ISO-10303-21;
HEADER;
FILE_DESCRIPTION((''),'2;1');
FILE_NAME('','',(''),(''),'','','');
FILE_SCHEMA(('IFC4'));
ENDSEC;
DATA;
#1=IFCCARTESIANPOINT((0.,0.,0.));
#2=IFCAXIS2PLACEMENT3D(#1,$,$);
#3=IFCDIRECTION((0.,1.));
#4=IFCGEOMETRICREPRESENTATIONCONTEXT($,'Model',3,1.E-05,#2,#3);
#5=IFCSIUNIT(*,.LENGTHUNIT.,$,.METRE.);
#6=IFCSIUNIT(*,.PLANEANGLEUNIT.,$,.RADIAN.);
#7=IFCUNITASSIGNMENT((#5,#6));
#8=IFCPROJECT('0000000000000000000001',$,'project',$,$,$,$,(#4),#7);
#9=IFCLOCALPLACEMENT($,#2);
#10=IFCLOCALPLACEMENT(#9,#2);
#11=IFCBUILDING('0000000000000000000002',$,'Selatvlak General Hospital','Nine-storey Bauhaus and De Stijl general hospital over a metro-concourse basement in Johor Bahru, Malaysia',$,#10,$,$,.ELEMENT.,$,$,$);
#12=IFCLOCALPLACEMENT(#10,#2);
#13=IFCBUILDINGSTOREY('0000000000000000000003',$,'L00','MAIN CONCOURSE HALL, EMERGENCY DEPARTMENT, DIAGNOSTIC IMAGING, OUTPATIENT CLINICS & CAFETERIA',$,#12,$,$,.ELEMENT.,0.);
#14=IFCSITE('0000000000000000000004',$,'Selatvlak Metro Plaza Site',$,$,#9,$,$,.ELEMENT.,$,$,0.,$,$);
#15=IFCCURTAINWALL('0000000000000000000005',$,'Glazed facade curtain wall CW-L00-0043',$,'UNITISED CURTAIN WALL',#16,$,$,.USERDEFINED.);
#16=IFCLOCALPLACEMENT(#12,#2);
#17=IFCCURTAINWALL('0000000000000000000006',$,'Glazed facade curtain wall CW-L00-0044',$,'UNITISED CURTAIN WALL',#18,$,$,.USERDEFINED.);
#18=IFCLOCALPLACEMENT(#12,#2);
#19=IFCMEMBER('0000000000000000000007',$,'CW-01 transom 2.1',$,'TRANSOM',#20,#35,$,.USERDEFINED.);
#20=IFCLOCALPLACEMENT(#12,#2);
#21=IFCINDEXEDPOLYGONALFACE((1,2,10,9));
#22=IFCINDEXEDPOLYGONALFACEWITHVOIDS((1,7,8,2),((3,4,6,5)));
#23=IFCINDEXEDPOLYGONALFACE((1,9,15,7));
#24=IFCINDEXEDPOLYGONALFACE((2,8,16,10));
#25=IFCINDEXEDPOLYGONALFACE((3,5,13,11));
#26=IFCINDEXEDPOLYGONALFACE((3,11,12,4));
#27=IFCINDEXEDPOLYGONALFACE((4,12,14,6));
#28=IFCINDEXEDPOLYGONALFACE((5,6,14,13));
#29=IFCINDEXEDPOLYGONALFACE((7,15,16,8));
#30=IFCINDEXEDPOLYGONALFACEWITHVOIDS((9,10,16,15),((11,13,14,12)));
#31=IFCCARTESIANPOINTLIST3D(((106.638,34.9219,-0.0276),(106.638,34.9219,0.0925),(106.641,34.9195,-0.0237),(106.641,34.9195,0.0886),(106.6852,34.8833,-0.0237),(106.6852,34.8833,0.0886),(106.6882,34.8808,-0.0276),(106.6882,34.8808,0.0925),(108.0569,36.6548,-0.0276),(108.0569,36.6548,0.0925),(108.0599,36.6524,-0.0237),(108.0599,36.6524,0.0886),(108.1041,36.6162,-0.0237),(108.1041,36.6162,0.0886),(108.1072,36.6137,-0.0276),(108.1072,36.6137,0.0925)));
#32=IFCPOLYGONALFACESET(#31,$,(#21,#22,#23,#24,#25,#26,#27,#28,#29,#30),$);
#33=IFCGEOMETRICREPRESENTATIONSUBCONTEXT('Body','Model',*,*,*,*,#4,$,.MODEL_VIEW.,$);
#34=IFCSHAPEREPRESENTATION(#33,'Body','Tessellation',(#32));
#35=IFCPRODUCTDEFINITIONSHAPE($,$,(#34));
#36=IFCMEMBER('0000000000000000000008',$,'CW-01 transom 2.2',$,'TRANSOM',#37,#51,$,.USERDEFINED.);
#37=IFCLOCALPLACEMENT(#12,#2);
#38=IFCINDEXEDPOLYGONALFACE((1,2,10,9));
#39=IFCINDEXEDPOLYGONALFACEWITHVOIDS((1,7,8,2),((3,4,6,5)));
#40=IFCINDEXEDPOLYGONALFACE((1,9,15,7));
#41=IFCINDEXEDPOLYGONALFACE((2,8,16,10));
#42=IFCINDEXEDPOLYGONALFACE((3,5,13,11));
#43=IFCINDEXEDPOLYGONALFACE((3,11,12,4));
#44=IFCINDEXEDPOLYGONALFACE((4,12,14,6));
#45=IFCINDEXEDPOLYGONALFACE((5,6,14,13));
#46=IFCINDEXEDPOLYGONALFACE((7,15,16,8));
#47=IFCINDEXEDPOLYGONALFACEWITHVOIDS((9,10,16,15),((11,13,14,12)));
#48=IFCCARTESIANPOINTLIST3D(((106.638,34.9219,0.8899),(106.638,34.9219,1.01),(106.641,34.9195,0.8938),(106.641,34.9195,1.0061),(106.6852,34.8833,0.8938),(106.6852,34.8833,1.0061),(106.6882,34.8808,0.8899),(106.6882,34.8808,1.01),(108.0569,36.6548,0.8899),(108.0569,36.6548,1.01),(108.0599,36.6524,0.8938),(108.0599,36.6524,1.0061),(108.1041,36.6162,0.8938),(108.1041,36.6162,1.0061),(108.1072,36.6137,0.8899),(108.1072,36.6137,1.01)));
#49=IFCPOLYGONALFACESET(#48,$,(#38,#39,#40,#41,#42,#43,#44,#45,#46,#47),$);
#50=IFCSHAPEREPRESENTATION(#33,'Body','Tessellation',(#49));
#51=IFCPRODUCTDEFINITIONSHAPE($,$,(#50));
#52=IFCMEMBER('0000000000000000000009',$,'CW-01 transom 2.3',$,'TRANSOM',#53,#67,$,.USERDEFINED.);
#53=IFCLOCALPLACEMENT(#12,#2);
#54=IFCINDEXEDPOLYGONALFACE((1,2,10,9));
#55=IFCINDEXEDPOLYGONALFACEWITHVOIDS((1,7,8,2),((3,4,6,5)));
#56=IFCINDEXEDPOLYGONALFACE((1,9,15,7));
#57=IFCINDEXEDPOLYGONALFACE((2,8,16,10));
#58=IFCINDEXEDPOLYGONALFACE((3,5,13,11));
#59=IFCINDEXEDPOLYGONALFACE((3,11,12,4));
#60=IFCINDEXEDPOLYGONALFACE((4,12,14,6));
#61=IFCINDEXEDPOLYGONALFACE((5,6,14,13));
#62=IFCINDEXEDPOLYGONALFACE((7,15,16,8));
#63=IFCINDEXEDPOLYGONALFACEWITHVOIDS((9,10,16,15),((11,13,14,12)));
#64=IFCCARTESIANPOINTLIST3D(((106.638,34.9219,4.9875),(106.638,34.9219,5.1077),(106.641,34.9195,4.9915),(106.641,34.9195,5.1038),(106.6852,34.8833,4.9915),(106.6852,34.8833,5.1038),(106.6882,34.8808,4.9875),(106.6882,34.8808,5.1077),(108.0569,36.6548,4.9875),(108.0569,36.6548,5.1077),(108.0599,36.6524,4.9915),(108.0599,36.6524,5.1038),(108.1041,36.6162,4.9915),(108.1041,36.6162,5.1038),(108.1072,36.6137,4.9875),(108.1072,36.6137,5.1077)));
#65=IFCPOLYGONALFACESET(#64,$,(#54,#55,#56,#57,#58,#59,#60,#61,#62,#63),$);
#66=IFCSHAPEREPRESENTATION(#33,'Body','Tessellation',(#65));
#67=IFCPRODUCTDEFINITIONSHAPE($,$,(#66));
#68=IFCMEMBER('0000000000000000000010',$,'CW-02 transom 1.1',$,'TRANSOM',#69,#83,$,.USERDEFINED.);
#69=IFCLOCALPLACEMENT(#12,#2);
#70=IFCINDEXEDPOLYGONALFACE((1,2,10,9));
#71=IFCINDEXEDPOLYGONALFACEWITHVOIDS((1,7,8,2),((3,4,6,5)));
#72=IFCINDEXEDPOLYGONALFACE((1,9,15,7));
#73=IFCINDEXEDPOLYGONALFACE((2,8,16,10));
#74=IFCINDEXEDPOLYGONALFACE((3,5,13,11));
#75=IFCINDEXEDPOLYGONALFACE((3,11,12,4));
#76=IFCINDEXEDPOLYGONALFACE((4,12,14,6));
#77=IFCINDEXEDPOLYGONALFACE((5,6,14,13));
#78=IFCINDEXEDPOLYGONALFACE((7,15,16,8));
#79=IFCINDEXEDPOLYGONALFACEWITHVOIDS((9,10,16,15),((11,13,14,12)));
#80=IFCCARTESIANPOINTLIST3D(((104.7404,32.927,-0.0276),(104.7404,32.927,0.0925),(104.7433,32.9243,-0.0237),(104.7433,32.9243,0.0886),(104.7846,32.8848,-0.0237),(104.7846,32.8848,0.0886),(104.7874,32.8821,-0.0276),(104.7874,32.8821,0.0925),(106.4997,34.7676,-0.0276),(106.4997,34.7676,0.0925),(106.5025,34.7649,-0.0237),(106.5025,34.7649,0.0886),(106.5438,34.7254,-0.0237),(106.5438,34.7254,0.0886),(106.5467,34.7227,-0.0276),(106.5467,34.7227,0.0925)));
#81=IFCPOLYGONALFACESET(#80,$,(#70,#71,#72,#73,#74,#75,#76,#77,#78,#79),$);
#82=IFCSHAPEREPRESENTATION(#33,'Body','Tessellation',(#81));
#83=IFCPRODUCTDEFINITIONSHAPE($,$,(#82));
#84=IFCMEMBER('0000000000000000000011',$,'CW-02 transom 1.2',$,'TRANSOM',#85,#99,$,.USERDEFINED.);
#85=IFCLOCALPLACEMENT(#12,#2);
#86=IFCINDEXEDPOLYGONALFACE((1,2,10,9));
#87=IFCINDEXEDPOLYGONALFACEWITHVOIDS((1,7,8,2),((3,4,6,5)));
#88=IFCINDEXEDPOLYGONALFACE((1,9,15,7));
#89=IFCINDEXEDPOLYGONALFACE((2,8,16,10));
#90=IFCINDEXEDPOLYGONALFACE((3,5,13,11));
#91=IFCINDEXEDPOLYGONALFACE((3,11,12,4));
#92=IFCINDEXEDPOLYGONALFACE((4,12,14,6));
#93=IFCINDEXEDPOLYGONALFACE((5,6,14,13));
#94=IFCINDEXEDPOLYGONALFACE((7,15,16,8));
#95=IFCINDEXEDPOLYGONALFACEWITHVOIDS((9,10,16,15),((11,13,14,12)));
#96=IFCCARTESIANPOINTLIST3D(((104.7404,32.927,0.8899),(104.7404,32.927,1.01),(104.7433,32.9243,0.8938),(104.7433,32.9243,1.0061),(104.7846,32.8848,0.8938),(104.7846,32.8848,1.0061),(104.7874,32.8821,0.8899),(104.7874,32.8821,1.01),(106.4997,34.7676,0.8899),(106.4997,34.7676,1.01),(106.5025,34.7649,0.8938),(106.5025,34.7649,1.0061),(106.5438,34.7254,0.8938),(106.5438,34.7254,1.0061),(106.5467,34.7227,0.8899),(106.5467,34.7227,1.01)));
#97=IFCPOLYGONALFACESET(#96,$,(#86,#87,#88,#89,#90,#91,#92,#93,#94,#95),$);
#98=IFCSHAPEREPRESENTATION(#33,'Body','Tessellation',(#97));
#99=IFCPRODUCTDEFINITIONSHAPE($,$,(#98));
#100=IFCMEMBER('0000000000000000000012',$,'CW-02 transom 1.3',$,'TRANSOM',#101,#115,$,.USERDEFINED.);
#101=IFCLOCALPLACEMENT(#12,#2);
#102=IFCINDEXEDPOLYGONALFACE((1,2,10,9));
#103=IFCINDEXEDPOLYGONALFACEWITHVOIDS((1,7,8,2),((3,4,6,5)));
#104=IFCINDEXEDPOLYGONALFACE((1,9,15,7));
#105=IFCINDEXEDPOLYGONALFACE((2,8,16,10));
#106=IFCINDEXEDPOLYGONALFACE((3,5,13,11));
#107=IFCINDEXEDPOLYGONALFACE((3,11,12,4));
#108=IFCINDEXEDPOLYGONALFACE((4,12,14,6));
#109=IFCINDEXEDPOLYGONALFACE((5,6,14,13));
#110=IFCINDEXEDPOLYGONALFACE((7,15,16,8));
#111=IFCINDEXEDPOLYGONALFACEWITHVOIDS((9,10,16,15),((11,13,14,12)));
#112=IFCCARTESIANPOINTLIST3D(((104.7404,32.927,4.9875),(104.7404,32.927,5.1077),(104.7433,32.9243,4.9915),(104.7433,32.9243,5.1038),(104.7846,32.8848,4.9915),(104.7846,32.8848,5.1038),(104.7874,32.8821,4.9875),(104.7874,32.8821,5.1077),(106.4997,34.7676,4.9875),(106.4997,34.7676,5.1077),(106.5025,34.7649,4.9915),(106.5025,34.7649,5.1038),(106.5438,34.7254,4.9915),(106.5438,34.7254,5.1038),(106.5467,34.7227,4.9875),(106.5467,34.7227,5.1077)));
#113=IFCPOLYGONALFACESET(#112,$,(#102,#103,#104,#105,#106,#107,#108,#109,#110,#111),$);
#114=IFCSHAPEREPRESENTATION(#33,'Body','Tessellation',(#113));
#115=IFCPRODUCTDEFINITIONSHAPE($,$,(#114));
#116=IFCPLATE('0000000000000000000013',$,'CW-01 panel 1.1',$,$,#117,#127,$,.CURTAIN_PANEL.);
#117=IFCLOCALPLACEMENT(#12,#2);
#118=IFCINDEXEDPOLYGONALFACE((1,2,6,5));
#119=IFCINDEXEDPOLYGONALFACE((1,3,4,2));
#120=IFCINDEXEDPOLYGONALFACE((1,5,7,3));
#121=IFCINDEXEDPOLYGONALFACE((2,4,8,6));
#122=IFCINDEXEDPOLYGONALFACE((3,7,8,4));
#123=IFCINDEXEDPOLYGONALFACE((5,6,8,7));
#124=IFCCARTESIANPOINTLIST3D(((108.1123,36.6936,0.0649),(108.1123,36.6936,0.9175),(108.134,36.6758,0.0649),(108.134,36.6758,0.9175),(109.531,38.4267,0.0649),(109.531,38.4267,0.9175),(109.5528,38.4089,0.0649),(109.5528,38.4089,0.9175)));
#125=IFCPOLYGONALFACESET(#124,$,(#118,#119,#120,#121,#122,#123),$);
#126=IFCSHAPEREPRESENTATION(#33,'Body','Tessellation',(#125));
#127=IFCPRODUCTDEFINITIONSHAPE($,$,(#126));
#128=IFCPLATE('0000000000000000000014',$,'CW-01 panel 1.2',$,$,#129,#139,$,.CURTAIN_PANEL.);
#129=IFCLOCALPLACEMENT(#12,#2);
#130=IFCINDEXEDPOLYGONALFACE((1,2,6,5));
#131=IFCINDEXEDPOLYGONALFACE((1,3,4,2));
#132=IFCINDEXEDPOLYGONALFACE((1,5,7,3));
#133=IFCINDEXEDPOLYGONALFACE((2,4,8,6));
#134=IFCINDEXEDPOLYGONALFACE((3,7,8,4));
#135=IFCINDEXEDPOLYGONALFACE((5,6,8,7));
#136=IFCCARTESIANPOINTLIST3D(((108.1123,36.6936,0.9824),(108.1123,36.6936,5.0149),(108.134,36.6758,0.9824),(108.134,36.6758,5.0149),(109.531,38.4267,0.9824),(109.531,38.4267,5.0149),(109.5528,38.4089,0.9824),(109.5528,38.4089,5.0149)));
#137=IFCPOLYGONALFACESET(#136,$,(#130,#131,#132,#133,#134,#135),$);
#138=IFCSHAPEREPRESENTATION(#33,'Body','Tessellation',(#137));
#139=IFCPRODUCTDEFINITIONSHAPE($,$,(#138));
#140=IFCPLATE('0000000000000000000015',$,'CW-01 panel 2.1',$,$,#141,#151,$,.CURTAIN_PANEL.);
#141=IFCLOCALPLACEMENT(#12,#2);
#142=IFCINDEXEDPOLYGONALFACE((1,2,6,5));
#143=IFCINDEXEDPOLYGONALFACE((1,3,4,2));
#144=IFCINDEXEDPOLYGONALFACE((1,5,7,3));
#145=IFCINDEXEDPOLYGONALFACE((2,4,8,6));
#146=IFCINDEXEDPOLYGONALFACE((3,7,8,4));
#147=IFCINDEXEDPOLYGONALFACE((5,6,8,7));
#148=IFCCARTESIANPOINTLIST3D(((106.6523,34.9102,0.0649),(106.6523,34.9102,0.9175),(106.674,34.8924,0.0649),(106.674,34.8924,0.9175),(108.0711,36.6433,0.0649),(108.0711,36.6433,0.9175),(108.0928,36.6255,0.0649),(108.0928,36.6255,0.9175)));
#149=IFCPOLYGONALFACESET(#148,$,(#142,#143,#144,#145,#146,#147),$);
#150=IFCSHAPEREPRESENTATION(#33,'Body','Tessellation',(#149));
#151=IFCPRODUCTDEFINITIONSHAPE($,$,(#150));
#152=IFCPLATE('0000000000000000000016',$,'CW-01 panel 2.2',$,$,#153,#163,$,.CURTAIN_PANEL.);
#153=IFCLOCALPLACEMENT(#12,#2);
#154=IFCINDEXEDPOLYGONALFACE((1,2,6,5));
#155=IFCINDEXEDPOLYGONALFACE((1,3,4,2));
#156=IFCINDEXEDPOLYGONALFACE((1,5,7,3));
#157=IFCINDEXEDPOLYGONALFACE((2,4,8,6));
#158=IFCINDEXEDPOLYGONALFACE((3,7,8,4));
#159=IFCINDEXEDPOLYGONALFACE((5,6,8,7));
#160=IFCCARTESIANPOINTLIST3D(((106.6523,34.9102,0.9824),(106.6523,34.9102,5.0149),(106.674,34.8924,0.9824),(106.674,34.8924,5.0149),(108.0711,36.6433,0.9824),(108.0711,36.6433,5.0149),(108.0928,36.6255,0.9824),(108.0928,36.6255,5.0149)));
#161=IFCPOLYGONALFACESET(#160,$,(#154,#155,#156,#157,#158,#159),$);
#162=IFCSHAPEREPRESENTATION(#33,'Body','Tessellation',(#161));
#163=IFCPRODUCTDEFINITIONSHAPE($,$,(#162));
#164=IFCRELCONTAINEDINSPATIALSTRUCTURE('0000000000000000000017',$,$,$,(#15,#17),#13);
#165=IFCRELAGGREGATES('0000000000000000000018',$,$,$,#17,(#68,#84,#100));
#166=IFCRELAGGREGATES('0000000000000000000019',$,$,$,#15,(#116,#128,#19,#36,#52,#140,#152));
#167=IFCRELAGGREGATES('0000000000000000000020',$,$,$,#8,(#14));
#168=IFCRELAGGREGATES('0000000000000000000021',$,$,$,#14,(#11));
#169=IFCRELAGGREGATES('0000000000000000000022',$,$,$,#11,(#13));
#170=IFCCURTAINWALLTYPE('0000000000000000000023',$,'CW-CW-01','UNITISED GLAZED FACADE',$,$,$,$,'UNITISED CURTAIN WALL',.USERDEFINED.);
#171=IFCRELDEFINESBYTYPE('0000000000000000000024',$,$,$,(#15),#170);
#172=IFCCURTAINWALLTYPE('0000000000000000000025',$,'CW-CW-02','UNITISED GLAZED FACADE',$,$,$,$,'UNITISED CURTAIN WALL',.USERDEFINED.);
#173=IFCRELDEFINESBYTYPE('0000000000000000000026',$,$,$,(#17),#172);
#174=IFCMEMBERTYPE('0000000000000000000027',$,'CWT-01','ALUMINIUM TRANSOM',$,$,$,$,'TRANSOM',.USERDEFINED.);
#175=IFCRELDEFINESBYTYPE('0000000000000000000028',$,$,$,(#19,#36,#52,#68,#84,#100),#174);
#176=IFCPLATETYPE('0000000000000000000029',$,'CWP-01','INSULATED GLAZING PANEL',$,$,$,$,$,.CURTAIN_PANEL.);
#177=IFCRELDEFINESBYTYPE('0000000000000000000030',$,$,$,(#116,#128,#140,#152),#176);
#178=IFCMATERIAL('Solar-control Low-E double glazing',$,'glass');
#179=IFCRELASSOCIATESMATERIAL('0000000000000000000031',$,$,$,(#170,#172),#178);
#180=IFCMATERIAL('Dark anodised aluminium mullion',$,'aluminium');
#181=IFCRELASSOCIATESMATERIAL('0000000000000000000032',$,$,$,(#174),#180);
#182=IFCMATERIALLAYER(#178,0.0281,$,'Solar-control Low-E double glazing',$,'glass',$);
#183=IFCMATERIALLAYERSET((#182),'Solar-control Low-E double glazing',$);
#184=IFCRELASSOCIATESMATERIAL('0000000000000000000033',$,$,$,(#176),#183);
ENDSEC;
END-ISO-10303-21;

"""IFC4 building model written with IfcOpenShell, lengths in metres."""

from ifc_helpers import new_model, si_unit, direction, frame, origin, origin_2d, place, context, subcontext, project, spatial, rectangle, hollow_rectangle, extrude, material, layer, layer_set, material_profile, profile_set, type_object, element, aggregate, save


model = new_model("IFC4")

# Units and contexts
model_context = context("Model", 3, precision=1e-05, world=origin(), true_north=direction((0.0, 1.0)))
body_context = subcontext(model_context, "Body", "Model", "MODEL_VIEW")
ifc_project = project(units=[si_unit("LENGTHUNIT", "METRE"), si_unit("PLANEANGLEUNIT", "RADIAN")], contexts=[model_context])

# Site, building, storey
site_placement = place(None, origin())
site = spatial("IfcSite", under=ifc_project, at=site_placement, Name="Selatvlak Metro Plaza Site", CompositionType="ELEMENT", RefElevation=0.0)
building_placement = place(site_placement, origin())
building = spatial("IfcBuilding", under=site, at=building_placement, Name="Selatvlak General Hospital", Description="Nine-storey Bauhaus and De Stijl general hospital over a metro-concourse basement in Johor Bahru, Malaysia", CompositionType="ELEMENT")
storey_placement = place(building_placement, origin())
storey = spatial("IfcBuildingStorey", under=building, at=storey_placement, Name="L00", Description="MAIN CONCOURSE HALL, EMERGENCY DEPARTMENT, DIAGNOSTIC IMAGING, OUTPATIENT CLINICS & CAFETERIA", CompositionType="ELEMENT", Elevation=0.0)

# Curtain wall
ifc_material_1 = material(Name="Solar-control Low-E double glazing", Category="glass")
curtain_wall_type_1 = type_object("IfcCurtainWallType", Name="CW-CW-01", Description="UNITISED GLAZED FACADE", ElementType="UNITISED CURTAIN WALL", PredefinedType="USERDEFINED", material=ifc_material_1)
curtain_wall_1_placement = place(storey_placement, origin())
curtain_wall_1 = element("IfcCurtainWall", 1, at=curtain_wall_1_placement, inside=storey, type_object=curtain_wall_type_1, Name="Glazed facade curtain wall CW-L00-0043", ObjectType="UNITISED CURTAIN WALL", PredefinedType="USERDEFINED")
ifc_material_2 = material(Name="Dark anodised aluminium mullion", Category="aluminium")

# Curtain wall
curtain_wall_type_2 = type_object("IfcCurtainWallType", Name="CW-CW-02", Description="UNITISED GLAZED FACADE", ElementType="UNITISED CURTAIN WALL", PredefinedType="USERDEFINED", material=ifc_material_1)
curtain_wall_2_placement = place(storey_placement, origin())
curtain_wall_2 = element("IfcCurtainWall", 2, at=curtain_wall_2_placement, inside=storey, type_object=curtain_wall_type_2, Name="Glazed facade curtain wall CW-L00-0044", ObjectType="UNITISED CURTAIN WALL", PredefinedType="USERDEFINED")

# Members
ifc_material_profile_1 = material_profile(ifc_material_2, hollow_rectangle(XDim=0.0649, YDim=0.1201, WallThickness=0.0039, at=origin_2d()), Name="AL-TRN 65x120x4")
ifc_profile_set_1 = profile_set([ifc_material_profile_1], Name="Dark anodised aluminium mullion")
member_type_1 = type_object("IfcMemberType", Name="CWT-01", Description="ALUMINIUM TRANSOM", ElementType="TRANSOM", PredefinedType="USERDEFINED", material=ifc_profile_set_1)
member_1_placement = place(storey_placement, frame((108.082, 36.6343, 0.0325), z_axis=(-0.633535, -0.773714, 0.0), x_axis=(0.773714, -0.633535, 0.0)))
member_1 = element("IfcMember", 3, at=member_1_placement, type_object=member_type_1, Name="CW-01 transom 2.1", ObjectType="TRANSOM", PredefinedType="USERDEFINED", context=body_context, shape_type="SweptSolid", body=[
    extrude(hollow_rectangle(XDim=0.0649, YDim=0.1201, WallThickness=0.0039, at=origin_2d()), origin(), (0.0, 0.0, 1.0), 2.2397),
])
member_2_placement = place(storey_placement, frame((108.082, 36.6343, 0.95), z_axis=(-0.633535, -0.773714, 0.0), x_axis=(0.773714, -0.633535, 0.0)))
member_2 = element("IfcMember", 4, at=member_2_placement, type_object=member_type_1, Name="CW-01 transom 2.2", ObjectType="TRANSOM", PredefinedType="USERDEFINED", context=body_context, shape_type="SweptSolid", body=[
    extrude(hollow_rectangle(XDim=0.0649, YDim=0.1201, WallThickness=0.0039, at=origin_2d()), origin(), (0.0, 0.0, 1.0), 2.2397),
])
member_3_placement = place(storey_placement, frame((108.082, 36.6343, 5.0476), z_axis=(-0.633535, -0.773714, 0.0), x_axis=(0.773714, -0.633535, 0.0)))
member_3 = element("IfcMember", 5, at=member_3_placement, type_object=member_type_1, Name="CW-01 transom 2.3", ObjectType="TRANSOM", PredefinedType="USERDEFINED", context=body_context, shape_type="SweptSolid", body=[
    extrude(hollow_rectangle(XDim=0.0649, YDim=0.1201, WallThickness=0.0039, at=origin_2d()), origin(), (0.0, 0.0, 1.0), 2.2397),
])
member_4_placement = place(storey_placement, frame((106.5232, 34.7451, 0.0325), z_axis=(-0.690961, -0.722892, 0.0), x_axis=(0.722892, -0.690961, 0.0)))
member_4 = element("IfcMember", 6, at=member_4_placement, type_object=member_type_1, Name="CW-02 transom 1.1", ObjectType="TRANSOM", PredefinedType="USERDEFINED", context=body_context, shape_type="SweptSolid", body=[
    extrude(hollow_rectangle(XDim=0.0649, YDim=0.1201, WallThickness=0.0039, at=origin_2d()), origin(), (0.0, 0.0, 1.0), 2.5461),
])
member_5_placement = place(storey_placement, frame((106.5232, 34.7451, 0.95), z_axis=(-0.690961, -0.722892, 0.0), x_axis=(0.722892, -0.690961, 0.0)))
member_5 = element("IfcMember", 7, at=member_5_placement, type_object=member_type_1, Name="CW-02 transom 1.2", ObjectType="TRANSOM", PredefinedType="USERDEFINED", context=body_context, shape_type="SweptSolid", body=[
    extrude(hollow_rectangle(XDim=0.0649, YDim=0.1201, WallThickness=0.0039, at=origin_2d()), origin(), (0.0, 0.0, 1.0), 2.5461),
])
member_6_placement = place(storey_placement, frame((106.5232, 34.7451, 5.0476), z_axis=(-0.690961, -0.722892, 0.0), x_axis=(0.722892, -0.690961, 0.0)))
member_6 = element("IfcMember", 8, at=member_6_placement, type_object=member_type_1, Name="CW-02 transom 1.3", ObjectType="TRANSOM", PredefinedType="USERDEFINED", context=body_context, shape_type="SweptSolid", body=[
    extrude(hollow_rectangle(XDim=0.0649, YDim=0.1201, WallThickness=0.0039, at=origin_2d()), origin(), (0.0, 0.0, 1.0), 2.5461),
])
aggregate(curtain_wall_2, [member_4, member_5, member_6])

# Plates
ifc_layer = layer(ifc_material_1, 0.0281, Name="Solar-control Low-E double glazing", Category="glass")
ifc_layer_set = layer_set([ifc_layer], Name="Solar-control Low-E double glazing")
plate_type = type_object("IfcPlateType", Name="CWP-01", Description="INSULATED GLAZING PANEL", PredefinedType="CURTAIN_PANEL", material=ifc_layer_set)
plate_1_placement = place(storey_placement, frame((108.8325, 37.5513, 0.0649), z_axis=(0.0, 0.0, 1.0), x_axis=(-0.633447, -0.773786, 0.0)))
plate_1 = element("IfcPlate", 9, at=plate_1_placement, type_object=plate_type, Name="CW-01 panel 1.1", PredefinedType="CURTAIN_PANEL", context=body_context, shape_type="SweptSolid", body=[
    extrude(rectangle(XDim=2.2397, YDim=0.0281, at=origin_2d()), origin(), (0.0, 0.0, 1.0), 0.8525),
])
plate_2_placement = place(storey_placement, frame((108.8325, 37.5513, 0.9824), z_axis=(0.0, 0.0, 1.0), x_axis=(-0.633447, -0.773786, 0.0)))
plate_2 = element("IfcPlate", 10, at=plate_2_placement, type_object=plate_type, Name="CW-01 panel 1.2", PredefinedType="CURTAIN_PANEL", context=body_context, shape_type="SweptSolid", body=[
    extrude(rectangle(XDim=2.2397, YDim=0.0281, at=origin_2d()), origin(), (0.0, 0.0, 1.0), 4.0325),
])
plate_3_placement = place(storey_placement, frame((107.3726, 35.7678, 0.0649), z_axis=(0.0, 0.0, 1.0), x_axis=(-0.633447, -0.773786, 0.0)))
plate_3 = element("IfcPlate", 11, at=plate_3_placement, type_object=plate_type, Name="CW-01 panel 2.1", PredefinedType="CURTAIN_PANEL", context=body_context, shape_type="SweptSolid", body=[
    extrude(rectangle(XDim=2.2397, YDim=0.0281, at=origin_2d()), origin(), (0.0, 0.0, 1.0), 0.8525),
])
plate_4_placement = place(storey_placement, frame((107.3726, 35.7678, 0.9824), z_axis=(0.0, 0.0, 1.0), x_axis=(-0.633447, -0.773786, 0.0)))
plate_4 = element("IfcPlate", 12, at=plate_4_placement, type_object=plate_type, Name="CW-01 panel 2.2", PredefinedType="CURTAIN_PANEL", context=body_context, shape_type="SweptSolid", body=[
    extrude(rectangle(XDim=2.2397, YDim=0.0281, at=origin_2d()), origin(), (0.0, 0.0, 1.0), 4.0325),
])
aggregate(curtain_wall_1, [plate_1, plate_2, member_1, member_2, member_3, plate_3, plate_4])

save(model, "model.ifc")
